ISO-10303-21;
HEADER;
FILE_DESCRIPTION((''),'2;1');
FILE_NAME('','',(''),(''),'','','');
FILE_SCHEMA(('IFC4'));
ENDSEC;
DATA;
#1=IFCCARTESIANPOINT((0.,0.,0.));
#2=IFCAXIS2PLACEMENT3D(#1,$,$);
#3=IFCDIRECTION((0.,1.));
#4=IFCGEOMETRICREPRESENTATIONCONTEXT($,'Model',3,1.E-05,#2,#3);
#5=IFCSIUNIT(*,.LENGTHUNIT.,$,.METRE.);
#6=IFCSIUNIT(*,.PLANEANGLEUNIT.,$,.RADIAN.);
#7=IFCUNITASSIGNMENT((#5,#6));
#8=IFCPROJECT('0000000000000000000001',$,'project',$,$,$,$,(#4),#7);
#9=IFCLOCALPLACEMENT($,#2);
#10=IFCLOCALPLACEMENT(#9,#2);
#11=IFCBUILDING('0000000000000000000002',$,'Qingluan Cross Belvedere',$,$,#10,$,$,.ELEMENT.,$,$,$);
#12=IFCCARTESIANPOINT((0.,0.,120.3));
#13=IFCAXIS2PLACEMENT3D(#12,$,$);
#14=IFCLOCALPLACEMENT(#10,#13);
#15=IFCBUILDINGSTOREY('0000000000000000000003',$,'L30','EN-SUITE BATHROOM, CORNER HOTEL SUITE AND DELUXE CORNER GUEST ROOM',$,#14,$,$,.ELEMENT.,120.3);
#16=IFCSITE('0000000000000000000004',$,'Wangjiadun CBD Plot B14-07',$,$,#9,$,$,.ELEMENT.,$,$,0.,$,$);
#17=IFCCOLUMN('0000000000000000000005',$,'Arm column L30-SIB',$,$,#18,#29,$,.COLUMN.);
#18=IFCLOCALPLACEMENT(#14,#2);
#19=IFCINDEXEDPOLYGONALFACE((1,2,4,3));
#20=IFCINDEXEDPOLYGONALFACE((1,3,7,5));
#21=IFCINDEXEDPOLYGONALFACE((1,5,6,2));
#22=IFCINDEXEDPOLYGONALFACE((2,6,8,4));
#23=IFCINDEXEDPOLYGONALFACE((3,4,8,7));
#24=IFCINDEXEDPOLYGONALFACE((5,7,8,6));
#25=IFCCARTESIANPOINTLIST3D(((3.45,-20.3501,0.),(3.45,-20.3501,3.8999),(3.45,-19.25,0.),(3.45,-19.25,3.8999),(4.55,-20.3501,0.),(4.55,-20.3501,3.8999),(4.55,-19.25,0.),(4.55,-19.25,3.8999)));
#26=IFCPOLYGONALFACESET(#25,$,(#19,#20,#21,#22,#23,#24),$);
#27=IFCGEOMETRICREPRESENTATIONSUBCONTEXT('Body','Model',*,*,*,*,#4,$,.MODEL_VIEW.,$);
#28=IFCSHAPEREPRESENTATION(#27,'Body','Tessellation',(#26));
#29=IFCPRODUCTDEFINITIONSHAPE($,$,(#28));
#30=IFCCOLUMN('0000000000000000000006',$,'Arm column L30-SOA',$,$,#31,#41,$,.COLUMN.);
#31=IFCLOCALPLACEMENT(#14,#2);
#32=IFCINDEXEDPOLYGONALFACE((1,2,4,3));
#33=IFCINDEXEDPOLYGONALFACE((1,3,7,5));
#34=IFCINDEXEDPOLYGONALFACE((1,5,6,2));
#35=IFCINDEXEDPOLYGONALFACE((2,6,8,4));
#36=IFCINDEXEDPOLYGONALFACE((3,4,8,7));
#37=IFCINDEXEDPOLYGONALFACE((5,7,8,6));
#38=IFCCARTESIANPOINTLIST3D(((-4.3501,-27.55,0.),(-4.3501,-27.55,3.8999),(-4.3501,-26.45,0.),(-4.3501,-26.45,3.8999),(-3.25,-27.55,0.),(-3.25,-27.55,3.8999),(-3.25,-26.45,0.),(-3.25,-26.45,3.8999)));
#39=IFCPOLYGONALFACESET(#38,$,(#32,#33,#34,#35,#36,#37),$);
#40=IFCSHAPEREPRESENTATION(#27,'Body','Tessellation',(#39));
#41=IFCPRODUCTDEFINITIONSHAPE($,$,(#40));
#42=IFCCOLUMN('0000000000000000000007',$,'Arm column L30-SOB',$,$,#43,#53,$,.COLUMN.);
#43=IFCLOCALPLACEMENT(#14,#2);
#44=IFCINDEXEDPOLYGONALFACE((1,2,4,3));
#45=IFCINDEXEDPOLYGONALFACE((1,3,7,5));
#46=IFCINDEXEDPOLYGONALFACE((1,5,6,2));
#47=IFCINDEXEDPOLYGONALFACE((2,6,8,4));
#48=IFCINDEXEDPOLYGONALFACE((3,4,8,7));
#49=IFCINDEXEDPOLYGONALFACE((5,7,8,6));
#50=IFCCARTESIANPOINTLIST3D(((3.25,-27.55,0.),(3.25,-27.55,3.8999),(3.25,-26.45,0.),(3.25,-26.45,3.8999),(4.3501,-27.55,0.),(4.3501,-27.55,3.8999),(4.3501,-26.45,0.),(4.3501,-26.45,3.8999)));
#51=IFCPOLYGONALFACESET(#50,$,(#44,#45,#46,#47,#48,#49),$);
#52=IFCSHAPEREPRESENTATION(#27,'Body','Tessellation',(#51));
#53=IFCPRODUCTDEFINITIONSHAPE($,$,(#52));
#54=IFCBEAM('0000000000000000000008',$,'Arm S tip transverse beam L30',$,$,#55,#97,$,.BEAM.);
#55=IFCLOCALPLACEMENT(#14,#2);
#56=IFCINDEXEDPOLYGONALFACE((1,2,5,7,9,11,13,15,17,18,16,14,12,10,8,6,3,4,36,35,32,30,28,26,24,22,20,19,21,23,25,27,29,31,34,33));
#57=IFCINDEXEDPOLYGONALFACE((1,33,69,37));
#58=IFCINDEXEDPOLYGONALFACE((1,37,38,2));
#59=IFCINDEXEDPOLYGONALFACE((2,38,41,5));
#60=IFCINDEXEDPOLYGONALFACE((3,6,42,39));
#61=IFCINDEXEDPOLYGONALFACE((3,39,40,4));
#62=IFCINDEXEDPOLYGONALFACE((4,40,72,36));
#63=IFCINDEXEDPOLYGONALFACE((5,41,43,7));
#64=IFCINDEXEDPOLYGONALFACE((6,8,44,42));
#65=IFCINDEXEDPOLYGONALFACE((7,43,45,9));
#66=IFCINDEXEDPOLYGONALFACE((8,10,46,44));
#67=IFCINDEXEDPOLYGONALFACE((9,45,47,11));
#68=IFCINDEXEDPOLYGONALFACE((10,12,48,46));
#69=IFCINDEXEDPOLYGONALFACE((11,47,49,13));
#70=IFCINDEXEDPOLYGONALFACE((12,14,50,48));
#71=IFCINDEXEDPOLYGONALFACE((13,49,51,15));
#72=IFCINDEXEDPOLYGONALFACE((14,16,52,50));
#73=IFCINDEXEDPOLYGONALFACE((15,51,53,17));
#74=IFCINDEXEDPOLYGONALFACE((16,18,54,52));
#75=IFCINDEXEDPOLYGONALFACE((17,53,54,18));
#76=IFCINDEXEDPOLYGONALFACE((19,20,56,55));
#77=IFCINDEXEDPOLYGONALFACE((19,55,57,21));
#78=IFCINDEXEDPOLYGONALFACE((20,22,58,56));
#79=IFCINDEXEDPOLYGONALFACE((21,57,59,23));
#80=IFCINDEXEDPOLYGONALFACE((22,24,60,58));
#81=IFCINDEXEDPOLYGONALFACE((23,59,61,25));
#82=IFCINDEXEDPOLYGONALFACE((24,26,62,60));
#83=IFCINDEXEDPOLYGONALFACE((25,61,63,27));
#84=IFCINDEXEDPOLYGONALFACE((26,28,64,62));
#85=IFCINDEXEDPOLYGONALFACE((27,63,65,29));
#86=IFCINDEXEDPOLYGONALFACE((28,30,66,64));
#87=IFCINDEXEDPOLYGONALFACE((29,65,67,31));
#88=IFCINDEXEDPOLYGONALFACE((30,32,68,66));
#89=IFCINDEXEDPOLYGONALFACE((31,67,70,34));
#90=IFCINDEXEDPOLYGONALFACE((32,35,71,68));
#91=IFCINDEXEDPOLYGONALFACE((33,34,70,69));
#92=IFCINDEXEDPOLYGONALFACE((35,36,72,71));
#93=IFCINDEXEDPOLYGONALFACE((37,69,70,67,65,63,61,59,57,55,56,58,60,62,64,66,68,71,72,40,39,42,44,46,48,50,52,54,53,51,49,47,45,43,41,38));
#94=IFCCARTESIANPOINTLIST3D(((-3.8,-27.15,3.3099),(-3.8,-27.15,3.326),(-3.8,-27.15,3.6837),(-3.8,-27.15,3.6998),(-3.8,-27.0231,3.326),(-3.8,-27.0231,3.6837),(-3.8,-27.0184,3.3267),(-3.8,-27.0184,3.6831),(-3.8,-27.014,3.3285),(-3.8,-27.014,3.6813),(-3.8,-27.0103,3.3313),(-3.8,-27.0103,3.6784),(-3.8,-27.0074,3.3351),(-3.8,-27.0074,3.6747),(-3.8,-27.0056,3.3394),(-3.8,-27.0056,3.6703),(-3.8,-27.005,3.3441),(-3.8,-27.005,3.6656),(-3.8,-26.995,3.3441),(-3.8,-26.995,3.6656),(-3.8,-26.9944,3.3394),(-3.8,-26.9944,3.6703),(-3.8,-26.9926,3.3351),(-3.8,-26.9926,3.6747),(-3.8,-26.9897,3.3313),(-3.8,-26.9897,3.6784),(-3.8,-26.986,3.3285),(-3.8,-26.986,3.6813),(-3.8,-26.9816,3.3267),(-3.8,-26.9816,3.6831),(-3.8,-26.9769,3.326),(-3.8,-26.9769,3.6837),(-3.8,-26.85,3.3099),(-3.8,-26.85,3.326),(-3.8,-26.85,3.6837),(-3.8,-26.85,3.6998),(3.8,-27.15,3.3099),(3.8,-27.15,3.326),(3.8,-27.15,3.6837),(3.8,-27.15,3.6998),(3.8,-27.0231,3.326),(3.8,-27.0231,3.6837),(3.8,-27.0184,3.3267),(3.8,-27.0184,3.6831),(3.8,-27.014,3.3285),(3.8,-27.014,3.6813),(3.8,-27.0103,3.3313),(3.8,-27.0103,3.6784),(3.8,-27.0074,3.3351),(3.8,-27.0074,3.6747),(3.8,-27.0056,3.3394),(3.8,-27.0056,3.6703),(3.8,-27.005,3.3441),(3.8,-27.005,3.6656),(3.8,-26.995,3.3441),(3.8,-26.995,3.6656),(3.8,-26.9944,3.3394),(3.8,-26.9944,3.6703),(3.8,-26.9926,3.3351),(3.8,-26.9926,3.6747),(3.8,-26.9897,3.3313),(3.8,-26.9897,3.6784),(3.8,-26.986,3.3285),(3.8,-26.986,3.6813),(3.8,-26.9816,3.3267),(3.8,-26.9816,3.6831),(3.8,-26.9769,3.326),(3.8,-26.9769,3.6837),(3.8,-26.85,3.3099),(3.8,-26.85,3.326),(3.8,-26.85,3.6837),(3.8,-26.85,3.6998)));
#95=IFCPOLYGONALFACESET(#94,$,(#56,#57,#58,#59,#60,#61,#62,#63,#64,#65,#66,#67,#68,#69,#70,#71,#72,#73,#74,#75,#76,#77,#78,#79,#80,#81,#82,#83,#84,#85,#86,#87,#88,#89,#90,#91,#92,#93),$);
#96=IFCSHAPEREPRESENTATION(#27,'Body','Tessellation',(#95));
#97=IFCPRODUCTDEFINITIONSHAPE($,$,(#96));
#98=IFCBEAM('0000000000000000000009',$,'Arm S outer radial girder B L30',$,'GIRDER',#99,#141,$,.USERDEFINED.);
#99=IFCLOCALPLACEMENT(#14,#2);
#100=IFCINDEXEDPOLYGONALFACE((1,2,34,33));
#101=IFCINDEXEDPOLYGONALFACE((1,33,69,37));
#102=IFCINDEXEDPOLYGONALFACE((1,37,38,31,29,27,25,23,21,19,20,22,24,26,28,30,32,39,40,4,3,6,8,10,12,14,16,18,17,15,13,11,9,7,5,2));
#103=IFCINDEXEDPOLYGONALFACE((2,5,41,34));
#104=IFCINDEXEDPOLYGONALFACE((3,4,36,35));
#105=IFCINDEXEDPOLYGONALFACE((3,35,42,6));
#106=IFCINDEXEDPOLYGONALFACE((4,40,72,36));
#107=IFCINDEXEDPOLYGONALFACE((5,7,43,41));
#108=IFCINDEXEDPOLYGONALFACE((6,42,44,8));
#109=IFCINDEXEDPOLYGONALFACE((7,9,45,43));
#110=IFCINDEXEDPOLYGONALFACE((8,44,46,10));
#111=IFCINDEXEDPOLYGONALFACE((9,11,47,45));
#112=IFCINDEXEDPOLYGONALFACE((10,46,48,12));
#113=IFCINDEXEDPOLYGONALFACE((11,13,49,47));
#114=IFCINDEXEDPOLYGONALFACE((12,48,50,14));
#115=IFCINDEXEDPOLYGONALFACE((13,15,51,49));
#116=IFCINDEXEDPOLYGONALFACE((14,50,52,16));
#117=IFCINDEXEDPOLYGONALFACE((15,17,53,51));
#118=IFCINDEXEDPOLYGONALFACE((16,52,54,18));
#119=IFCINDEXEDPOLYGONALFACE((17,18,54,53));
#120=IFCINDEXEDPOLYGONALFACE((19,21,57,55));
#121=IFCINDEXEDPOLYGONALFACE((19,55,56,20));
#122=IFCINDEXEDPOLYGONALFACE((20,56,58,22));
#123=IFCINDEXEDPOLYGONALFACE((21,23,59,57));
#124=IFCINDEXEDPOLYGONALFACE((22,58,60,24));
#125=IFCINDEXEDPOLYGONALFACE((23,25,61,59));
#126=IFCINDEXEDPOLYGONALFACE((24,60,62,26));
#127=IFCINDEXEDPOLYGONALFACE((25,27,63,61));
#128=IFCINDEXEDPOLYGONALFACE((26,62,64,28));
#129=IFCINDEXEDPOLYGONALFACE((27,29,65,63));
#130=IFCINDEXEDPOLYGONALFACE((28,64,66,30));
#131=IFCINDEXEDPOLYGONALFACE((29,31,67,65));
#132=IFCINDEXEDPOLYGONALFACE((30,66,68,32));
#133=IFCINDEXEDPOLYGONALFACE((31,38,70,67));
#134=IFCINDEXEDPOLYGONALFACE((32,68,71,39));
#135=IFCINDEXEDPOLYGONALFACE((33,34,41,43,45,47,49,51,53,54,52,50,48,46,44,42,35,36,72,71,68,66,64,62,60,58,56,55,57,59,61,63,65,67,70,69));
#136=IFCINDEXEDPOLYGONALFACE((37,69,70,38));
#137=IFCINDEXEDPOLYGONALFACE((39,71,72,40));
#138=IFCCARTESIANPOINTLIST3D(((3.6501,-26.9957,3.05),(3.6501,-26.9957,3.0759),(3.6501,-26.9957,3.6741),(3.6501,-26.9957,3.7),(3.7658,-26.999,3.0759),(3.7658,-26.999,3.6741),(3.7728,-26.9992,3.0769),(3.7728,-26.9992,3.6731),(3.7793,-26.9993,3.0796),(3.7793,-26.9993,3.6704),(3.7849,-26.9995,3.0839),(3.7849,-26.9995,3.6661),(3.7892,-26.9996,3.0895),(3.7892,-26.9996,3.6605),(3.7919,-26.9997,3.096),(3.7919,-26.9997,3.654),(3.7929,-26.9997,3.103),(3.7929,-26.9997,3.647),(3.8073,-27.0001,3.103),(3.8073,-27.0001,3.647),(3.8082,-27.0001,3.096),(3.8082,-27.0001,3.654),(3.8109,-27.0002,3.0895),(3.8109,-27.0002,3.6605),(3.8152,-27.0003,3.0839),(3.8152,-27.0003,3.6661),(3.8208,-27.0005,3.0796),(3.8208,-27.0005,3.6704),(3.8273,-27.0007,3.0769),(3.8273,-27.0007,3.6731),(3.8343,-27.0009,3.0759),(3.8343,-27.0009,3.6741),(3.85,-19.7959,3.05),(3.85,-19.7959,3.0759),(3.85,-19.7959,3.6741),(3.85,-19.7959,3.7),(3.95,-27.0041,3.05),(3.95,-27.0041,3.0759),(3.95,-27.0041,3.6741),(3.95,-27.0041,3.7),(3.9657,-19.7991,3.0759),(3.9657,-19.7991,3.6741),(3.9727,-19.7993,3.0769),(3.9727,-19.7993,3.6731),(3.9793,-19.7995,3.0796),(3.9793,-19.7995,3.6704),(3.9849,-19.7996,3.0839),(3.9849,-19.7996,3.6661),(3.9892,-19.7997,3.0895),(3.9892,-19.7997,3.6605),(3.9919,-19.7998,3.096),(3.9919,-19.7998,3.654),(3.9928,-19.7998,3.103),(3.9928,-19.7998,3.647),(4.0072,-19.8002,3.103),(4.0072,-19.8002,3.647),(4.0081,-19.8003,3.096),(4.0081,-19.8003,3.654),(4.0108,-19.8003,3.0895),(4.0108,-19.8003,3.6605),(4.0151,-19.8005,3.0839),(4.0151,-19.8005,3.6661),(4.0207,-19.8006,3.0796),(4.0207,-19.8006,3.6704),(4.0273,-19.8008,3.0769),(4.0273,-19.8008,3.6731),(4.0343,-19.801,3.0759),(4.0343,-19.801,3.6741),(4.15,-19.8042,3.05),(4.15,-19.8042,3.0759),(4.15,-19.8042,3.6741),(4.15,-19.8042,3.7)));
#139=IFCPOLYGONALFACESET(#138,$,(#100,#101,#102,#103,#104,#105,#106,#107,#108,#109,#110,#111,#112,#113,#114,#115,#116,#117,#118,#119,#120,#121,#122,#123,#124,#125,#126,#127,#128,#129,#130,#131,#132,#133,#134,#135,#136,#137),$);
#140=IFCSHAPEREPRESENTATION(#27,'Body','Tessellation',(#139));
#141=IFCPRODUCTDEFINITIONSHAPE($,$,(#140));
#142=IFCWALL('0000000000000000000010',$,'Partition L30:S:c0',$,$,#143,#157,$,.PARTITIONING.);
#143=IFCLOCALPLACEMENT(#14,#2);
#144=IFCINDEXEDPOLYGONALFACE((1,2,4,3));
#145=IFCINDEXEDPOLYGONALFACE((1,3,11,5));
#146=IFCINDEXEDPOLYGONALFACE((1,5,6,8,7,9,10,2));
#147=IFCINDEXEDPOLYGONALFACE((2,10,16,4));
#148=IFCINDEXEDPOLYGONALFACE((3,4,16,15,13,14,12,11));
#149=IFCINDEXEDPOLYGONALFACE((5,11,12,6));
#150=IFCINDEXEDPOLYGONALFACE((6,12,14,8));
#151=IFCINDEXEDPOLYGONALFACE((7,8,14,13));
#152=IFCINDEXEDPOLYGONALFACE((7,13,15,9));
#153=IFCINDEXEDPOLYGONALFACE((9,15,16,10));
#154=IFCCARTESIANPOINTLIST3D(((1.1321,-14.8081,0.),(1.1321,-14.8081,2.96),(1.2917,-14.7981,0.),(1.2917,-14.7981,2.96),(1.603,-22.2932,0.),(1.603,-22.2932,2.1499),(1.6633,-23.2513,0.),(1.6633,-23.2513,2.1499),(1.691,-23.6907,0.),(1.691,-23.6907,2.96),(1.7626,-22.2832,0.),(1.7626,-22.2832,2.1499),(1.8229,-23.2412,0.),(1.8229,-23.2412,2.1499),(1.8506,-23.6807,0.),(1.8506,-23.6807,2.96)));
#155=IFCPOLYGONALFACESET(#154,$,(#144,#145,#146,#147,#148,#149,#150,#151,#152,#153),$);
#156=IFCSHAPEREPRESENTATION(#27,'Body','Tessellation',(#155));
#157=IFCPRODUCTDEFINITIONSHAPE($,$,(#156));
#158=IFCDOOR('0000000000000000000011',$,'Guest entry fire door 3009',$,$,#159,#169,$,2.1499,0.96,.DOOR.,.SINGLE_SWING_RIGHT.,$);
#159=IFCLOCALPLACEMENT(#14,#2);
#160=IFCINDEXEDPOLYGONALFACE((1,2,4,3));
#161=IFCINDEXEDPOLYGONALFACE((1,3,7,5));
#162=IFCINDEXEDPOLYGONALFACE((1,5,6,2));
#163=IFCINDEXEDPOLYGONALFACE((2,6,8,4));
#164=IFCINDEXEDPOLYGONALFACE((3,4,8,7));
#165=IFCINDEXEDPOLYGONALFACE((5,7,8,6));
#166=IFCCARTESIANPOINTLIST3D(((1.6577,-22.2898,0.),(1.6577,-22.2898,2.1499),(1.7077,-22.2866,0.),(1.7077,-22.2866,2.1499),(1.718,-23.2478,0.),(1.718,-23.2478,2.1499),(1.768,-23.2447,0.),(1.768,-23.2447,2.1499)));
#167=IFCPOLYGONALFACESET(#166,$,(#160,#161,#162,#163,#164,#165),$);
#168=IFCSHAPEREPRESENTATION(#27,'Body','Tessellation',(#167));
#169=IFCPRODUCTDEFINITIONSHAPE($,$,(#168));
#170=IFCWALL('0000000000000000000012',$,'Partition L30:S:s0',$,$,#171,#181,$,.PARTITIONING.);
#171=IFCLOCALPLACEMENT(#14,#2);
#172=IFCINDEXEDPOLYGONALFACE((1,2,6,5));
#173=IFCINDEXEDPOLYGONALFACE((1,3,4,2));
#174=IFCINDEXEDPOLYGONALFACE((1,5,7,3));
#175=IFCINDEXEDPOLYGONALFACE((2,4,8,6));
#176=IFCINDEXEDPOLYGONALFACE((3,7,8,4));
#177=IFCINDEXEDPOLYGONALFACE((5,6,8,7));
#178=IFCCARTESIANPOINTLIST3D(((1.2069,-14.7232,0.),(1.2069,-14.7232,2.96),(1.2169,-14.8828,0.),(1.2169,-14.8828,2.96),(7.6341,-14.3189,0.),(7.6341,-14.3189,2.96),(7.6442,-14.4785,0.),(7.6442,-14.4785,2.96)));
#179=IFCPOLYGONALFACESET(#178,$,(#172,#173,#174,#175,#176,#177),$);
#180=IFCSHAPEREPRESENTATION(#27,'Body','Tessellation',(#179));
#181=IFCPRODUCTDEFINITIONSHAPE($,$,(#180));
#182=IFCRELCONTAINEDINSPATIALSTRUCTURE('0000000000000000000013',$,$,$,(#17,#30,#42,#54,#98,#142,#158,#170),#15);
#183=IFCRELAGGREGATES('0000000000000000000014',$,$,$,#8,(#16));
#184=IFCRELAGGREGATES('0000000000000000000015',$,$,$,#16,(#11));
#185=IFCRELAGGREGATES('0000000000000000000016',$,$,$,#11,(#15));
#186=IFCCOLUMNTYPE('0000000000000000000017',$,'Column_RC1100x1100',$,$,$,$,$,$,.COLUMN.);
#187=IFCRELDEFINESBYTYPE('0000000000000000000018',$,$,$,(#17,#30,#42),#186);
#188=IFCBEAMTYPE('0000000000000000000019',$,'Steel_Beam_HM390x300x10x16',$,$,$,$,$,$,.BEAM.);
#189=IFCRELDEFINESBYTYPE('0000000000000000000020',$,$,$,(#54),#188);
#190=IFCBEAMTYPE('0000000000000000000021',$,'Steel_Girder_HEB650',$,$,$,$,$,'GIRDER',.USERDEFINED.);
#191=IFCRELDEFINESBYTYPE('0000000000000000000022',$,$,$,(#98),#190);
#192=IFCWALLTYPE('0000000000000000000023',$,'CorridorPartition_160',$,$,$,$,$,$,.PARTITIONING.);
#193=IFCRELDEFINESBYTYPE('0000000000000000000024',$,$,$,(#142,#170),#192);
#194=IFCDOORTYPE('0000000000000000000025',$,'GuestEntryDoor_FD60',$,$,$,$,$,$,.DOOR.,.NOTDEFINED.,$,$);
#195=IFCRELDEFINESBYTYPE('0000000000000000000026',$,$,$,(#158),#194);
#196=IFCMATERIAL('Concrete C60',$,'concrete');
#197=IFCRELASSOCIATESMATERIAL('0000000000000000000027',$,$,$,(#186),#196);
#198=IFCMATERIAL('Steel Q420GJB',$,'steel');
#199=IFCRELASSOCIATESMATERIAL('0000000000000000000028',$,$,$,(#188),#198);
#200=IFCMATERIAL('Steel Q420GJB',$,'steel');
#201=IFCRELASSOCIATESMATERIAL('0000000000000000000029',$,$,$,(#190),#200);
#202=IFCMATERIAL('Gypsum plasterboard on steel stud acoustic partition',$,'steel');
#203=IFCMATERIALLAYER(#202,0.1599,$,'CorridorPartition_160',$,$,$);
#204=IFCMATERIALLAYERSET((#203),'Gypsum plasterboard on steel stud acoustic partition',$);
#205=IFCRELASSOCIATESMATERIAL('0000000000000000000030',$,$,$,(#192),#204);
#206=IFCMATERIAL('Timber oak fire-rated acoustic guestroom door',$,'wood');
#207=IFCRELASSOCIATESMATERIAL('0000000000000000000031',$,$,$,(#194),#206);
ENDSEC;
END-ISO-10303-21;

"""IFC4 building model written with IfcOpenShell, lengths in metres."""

from ifc_helpers import new_model, si_unit, direction, frame, frame_2d, origin, origin_2d, place, context, subcontext, project, spatial, rectangle, i_section, extrude, material, layer, layer_set, material_profile, profile_set, type_object, element, fill, save


model = new_model("IFC4")

# Units and contexts
model_context = context("Model", 3, precision=1e-05, world=origin(), true_north=direction((0.0, 1.0)))
body_context = subcontext(model_context, "Body", "Model", "MODEL_VIEW")
ifc_project = project(units=[si_unit("LENGTHUNIT", "METRE"), si_unit("PLANEANGLEUNIT", "RADIAN")], contexts=[model_context])

# Site, building, storey
site_placement = place(None, origin())
site = spatial("IfcSite", under=ifc_project, at=site_placement, Name="Wangjiadun CBD Plot B14-07", CompositionType="ELEMENT", RefElevation=0.0)
building_placement = place(site_placement, origin())
building = spatial("IfcBuilding", under=site, at=building_placement, Name="Qingluan Cross Belvedere", CompositionType="ELEMENT")
storey_placement = place(building_placement, frame((0.0, 0.0, 120.3)))
storey = spatial("IfcBuildingStorey", under=building, at=storey_placement, Name="L30", Description="EN-SUITE BATHROOM, CORNER HOTEL SUITE AND DELUXE CORNER GUEST ROOM", CompositionType="ELEMENT", Elevation=120.3)

# Columns
ifc_material_1 = material(Name="Concrete C60", Category="concrete")
ifc_material_profile_1 = material_profile(ifc_material_1, rectangle(XDim=1.1001, YDim=1.1001, at=origin_2d()), Name="RC1100x1100")
ifc_profile_set_1 = profile_set([ifc_material_profile_1], Name="Concrete C60")
column_type = type_object("IfcColumnType", Name="Column_RC1100x1100", PredefinedType="COLUMN", material=ifc_profile_set_1)
for number, where, z_axis, x_axis, name in (
    (1, (4.0, -19.8, 0.0), (0.0, 0.0, 1.0), (1.0, 0.0, 0.0), "Arm column L30-SIB"),
    (2, (-3.8, -27.0, 0.0), (0.0, 0.0, 1.0), (1.0, 0.0, 0.0), "Arm column L30-SOA"),
    (3, (3.8, -27.0, 0.0), (0.0, 0.0, 1.0), (1.0, 0.0, 0.0), "Arm column L30-SOB"),
):
    element("IfcColumn", number, at=place(storey_placement, frame(where, z_axis=z_axis, x_axis=x_axis)), inside=storey, type_object=column_type, Name=name, PredefinedType="COLUMN", context=body_context, shape_type="SweptSolid", body=[
        extrude(rectangle(XDim=1.1001, YDim=1.1001, at=origin_2d()), origin(), (0.0, 0.0, 1.0), 3.8999),
    ])

# Beams
ifc_material_2 = material(Name="Steel Q420GJB", Category="steel")
ifc_material_profile_2 = material_profile(ifc_material_2, i_section(OverallWidth=0.3, OverallDepth=0.3899, WebThickness=0.01, FlangeThickness=0.0161, FilletRadius=0.0181, at=origin_2d()), Name="HM390x300x10x16")
ifc_profile_set_2 = profile_set([ifc_material_profile_2], Name="Steel Q420GJB")
beam_type_1 = type_object("IfcBeamType", Name="Steel_Beam_HM390x300x10x16", PredefinedType="BEAM", material=ifc_profile_set_2)
beam_1_placement = place(storey_placement, frame((-3.8, -27.0, 3.5049), z_axis=(1.0, 0.0, 0.0), x_axis=(0.0, 1.0, 0.0)))
element("IfcBeam", 4, at=beam_1_placement, inside=storey, type_object=beam_type_1, Name="Arm S tip transverse beam L30", PredefinedType="BEAM", context=body_context, shape_type="SweptSolid", body=[
    extrude(i_section(OverallWidth=0.3, OverallDepth=0.3899, WebThickness=0.01, FlangeThickness=0.0161, FilletRadius=0.0181, at=origin_2d()), origin(), (0.0, 0.0, 1.0), 7.6001),
])
ifc_material_3 = material(Name="Steel Q420GJB", Category="steel")
ifc_material_profile_3 = material_profile(ifc_material_3, i_section(OverallWidth=0.3, OverallDepth=0.6499, WebThickness=0.0144, FlangeThickness=0.0259, FilletRadius=0.0271, at=origin_2d()), Name="HEB650")
ifc_profile_set_3 = profile_set([ifc_material_profile_3], Name="Steel Q420GJB")
beam_type_2 = type_object("IfcBeamType", Name="Steel_Girder_HEB650", ElementType="GIRDER", PredefinedType="USERDEFINED", material=ifc_profile_set_3)
beam_2_placement = place(storey_placement, frame((4.0, -19.8, 3.375), z_axis=(-0.02776, -0.999615, 0.0), x_axis=(0.999615, -0.02776, 0.0)))
element("IfcBeam", 5, at=beam_2_placement, inside=storey, type_object=beam_type_2, Name="Arm S outer radial girder B L30", ObjectType="GIRDER", PredefinedType="USERDEFINED", context=body_context, shape_type="SweptSolid", body=[
    extrude(i_section(OverallWidth=0.3, OverallDepth=0.6499, WebThickness=0.0144, FlangeThickness=0.0259, FilletRadius=0.0271, at=origin_2d()), origin(), (0.0, 0.0, 1.0), 7.2026),
])

# Wall, opening, door
ifc_material_4 = material(Name="Gypsum plasterboard on steel stud acoustic partition", Category="steel")
ifc_layer_1 = layer(ifc_material_4, 0.1599, Name="CorridorPartition_160")
ifc_layer_set_1 = layer_set([ifc_layer_1], Name="Gypsum plasterboard on steel stud acoustic partition")
wall_type_1 = type_object("IfcWallType", Name="CorridorPartition_160", PredefinedType="PARTITIONING", material=ifc_layer_set_1)
wall_1_placement = place(storey_placement, frame((1.2119, -14.803, 0.0), z_axis=(0.0, 0.0, 1.0), x_axis=(0.06279, -0.998027, 0.0)))
wall_1 = element("IfcWall", 6, at=wall_1_placement, inside=storey, type_object=wall_type_1, Name="Partition L30:S:c0", PredefinedType="PARTITIONING", context=body_context, shape_type="SweptSolid", body=[
    extrude(rectangle(XDim=8.9001, YDim=0.1599, at=frame_2d((4.4502, 0.0))), origin(), (0.0, 0.0, 1.0), 2.96),
])
opening_1_placement = place(wall_1_placement, frame((7.5, 0.0, 0.0)))
opening_1 = element("IfcOpeningElement", 7, at=opening_1_placement, cuts=wall_1, PredefinedType="OPENING", context=body_context, shape_type="SweptSolid", body=[
    extrude(rectangle(XDim=0.96, YDim=2.1499, at=frame_2d((0.48, 1.075))), frame((0.0, 0.0898, 0.0), z_axis=(0.0, -1.0, 0.0), x_axis=(1.0, 0.0, 0.0)), (0.0, 0.0, 1.0), 0.1799),
])
ifc_material_5 = material(Name="Timber oak fire-rated acoustic guestroom door", Category="wood")
door_type_1 = type_object("IfcDoorType", Name="GuestEntryDoor_FD60", OperationType="NOTDEFINED", PredefinedType="DOOR", material=ifc_material_5)
door_1_placement = place(opening_1_placement, origin())
door_1 = element("IfcDoor", 8, at=door_1_placement, inside=storey, type_object=door_type_1, Name="Guest entry fire door 3009", OperationType="SINGLE_SWING_RIGHT", OverallHeight=2.1499, OverallWidth=0.96, PredefinedType="DOOR", context=body_context, shape_type="SweptSolid", body=[
    extrude(rectangle(XDim=0.96, YDim=2.1499, at=frame_2d((0.48, 1.075))), frame((0.0, 0.0249, 0.0), z_axis=(0.0, -1.0, 0.0), x_axis=(1.0, 0.0, 0.0)), (0.0, 0.0, 1.0), 0.05),
])
fill(opening_1, door_1)

# Wall
wall_2_placement = place(storey_placement, frame((1.2119, -14.803, 0.0), z_axis=(0.0, 0.0, 1.0), x_axis=(0.998027, 0.06278, 0.0)))
element("IfcWall", 9, at=wall_2_placement, inside=storey, type_object=wall_type_1, Name="Partition L30:S:s0", PredefinedType="PARTITIONING", context=body_context, shape_type="SweptSolid", body=[
    extrude(rectangle(XDim=6.4399, YDim=0.1599, at=frame_2d((3.22, 0.0))), origin(), (0.0, 0.0, 1.0), 2.96),
])

save(model, "model.ifc")
